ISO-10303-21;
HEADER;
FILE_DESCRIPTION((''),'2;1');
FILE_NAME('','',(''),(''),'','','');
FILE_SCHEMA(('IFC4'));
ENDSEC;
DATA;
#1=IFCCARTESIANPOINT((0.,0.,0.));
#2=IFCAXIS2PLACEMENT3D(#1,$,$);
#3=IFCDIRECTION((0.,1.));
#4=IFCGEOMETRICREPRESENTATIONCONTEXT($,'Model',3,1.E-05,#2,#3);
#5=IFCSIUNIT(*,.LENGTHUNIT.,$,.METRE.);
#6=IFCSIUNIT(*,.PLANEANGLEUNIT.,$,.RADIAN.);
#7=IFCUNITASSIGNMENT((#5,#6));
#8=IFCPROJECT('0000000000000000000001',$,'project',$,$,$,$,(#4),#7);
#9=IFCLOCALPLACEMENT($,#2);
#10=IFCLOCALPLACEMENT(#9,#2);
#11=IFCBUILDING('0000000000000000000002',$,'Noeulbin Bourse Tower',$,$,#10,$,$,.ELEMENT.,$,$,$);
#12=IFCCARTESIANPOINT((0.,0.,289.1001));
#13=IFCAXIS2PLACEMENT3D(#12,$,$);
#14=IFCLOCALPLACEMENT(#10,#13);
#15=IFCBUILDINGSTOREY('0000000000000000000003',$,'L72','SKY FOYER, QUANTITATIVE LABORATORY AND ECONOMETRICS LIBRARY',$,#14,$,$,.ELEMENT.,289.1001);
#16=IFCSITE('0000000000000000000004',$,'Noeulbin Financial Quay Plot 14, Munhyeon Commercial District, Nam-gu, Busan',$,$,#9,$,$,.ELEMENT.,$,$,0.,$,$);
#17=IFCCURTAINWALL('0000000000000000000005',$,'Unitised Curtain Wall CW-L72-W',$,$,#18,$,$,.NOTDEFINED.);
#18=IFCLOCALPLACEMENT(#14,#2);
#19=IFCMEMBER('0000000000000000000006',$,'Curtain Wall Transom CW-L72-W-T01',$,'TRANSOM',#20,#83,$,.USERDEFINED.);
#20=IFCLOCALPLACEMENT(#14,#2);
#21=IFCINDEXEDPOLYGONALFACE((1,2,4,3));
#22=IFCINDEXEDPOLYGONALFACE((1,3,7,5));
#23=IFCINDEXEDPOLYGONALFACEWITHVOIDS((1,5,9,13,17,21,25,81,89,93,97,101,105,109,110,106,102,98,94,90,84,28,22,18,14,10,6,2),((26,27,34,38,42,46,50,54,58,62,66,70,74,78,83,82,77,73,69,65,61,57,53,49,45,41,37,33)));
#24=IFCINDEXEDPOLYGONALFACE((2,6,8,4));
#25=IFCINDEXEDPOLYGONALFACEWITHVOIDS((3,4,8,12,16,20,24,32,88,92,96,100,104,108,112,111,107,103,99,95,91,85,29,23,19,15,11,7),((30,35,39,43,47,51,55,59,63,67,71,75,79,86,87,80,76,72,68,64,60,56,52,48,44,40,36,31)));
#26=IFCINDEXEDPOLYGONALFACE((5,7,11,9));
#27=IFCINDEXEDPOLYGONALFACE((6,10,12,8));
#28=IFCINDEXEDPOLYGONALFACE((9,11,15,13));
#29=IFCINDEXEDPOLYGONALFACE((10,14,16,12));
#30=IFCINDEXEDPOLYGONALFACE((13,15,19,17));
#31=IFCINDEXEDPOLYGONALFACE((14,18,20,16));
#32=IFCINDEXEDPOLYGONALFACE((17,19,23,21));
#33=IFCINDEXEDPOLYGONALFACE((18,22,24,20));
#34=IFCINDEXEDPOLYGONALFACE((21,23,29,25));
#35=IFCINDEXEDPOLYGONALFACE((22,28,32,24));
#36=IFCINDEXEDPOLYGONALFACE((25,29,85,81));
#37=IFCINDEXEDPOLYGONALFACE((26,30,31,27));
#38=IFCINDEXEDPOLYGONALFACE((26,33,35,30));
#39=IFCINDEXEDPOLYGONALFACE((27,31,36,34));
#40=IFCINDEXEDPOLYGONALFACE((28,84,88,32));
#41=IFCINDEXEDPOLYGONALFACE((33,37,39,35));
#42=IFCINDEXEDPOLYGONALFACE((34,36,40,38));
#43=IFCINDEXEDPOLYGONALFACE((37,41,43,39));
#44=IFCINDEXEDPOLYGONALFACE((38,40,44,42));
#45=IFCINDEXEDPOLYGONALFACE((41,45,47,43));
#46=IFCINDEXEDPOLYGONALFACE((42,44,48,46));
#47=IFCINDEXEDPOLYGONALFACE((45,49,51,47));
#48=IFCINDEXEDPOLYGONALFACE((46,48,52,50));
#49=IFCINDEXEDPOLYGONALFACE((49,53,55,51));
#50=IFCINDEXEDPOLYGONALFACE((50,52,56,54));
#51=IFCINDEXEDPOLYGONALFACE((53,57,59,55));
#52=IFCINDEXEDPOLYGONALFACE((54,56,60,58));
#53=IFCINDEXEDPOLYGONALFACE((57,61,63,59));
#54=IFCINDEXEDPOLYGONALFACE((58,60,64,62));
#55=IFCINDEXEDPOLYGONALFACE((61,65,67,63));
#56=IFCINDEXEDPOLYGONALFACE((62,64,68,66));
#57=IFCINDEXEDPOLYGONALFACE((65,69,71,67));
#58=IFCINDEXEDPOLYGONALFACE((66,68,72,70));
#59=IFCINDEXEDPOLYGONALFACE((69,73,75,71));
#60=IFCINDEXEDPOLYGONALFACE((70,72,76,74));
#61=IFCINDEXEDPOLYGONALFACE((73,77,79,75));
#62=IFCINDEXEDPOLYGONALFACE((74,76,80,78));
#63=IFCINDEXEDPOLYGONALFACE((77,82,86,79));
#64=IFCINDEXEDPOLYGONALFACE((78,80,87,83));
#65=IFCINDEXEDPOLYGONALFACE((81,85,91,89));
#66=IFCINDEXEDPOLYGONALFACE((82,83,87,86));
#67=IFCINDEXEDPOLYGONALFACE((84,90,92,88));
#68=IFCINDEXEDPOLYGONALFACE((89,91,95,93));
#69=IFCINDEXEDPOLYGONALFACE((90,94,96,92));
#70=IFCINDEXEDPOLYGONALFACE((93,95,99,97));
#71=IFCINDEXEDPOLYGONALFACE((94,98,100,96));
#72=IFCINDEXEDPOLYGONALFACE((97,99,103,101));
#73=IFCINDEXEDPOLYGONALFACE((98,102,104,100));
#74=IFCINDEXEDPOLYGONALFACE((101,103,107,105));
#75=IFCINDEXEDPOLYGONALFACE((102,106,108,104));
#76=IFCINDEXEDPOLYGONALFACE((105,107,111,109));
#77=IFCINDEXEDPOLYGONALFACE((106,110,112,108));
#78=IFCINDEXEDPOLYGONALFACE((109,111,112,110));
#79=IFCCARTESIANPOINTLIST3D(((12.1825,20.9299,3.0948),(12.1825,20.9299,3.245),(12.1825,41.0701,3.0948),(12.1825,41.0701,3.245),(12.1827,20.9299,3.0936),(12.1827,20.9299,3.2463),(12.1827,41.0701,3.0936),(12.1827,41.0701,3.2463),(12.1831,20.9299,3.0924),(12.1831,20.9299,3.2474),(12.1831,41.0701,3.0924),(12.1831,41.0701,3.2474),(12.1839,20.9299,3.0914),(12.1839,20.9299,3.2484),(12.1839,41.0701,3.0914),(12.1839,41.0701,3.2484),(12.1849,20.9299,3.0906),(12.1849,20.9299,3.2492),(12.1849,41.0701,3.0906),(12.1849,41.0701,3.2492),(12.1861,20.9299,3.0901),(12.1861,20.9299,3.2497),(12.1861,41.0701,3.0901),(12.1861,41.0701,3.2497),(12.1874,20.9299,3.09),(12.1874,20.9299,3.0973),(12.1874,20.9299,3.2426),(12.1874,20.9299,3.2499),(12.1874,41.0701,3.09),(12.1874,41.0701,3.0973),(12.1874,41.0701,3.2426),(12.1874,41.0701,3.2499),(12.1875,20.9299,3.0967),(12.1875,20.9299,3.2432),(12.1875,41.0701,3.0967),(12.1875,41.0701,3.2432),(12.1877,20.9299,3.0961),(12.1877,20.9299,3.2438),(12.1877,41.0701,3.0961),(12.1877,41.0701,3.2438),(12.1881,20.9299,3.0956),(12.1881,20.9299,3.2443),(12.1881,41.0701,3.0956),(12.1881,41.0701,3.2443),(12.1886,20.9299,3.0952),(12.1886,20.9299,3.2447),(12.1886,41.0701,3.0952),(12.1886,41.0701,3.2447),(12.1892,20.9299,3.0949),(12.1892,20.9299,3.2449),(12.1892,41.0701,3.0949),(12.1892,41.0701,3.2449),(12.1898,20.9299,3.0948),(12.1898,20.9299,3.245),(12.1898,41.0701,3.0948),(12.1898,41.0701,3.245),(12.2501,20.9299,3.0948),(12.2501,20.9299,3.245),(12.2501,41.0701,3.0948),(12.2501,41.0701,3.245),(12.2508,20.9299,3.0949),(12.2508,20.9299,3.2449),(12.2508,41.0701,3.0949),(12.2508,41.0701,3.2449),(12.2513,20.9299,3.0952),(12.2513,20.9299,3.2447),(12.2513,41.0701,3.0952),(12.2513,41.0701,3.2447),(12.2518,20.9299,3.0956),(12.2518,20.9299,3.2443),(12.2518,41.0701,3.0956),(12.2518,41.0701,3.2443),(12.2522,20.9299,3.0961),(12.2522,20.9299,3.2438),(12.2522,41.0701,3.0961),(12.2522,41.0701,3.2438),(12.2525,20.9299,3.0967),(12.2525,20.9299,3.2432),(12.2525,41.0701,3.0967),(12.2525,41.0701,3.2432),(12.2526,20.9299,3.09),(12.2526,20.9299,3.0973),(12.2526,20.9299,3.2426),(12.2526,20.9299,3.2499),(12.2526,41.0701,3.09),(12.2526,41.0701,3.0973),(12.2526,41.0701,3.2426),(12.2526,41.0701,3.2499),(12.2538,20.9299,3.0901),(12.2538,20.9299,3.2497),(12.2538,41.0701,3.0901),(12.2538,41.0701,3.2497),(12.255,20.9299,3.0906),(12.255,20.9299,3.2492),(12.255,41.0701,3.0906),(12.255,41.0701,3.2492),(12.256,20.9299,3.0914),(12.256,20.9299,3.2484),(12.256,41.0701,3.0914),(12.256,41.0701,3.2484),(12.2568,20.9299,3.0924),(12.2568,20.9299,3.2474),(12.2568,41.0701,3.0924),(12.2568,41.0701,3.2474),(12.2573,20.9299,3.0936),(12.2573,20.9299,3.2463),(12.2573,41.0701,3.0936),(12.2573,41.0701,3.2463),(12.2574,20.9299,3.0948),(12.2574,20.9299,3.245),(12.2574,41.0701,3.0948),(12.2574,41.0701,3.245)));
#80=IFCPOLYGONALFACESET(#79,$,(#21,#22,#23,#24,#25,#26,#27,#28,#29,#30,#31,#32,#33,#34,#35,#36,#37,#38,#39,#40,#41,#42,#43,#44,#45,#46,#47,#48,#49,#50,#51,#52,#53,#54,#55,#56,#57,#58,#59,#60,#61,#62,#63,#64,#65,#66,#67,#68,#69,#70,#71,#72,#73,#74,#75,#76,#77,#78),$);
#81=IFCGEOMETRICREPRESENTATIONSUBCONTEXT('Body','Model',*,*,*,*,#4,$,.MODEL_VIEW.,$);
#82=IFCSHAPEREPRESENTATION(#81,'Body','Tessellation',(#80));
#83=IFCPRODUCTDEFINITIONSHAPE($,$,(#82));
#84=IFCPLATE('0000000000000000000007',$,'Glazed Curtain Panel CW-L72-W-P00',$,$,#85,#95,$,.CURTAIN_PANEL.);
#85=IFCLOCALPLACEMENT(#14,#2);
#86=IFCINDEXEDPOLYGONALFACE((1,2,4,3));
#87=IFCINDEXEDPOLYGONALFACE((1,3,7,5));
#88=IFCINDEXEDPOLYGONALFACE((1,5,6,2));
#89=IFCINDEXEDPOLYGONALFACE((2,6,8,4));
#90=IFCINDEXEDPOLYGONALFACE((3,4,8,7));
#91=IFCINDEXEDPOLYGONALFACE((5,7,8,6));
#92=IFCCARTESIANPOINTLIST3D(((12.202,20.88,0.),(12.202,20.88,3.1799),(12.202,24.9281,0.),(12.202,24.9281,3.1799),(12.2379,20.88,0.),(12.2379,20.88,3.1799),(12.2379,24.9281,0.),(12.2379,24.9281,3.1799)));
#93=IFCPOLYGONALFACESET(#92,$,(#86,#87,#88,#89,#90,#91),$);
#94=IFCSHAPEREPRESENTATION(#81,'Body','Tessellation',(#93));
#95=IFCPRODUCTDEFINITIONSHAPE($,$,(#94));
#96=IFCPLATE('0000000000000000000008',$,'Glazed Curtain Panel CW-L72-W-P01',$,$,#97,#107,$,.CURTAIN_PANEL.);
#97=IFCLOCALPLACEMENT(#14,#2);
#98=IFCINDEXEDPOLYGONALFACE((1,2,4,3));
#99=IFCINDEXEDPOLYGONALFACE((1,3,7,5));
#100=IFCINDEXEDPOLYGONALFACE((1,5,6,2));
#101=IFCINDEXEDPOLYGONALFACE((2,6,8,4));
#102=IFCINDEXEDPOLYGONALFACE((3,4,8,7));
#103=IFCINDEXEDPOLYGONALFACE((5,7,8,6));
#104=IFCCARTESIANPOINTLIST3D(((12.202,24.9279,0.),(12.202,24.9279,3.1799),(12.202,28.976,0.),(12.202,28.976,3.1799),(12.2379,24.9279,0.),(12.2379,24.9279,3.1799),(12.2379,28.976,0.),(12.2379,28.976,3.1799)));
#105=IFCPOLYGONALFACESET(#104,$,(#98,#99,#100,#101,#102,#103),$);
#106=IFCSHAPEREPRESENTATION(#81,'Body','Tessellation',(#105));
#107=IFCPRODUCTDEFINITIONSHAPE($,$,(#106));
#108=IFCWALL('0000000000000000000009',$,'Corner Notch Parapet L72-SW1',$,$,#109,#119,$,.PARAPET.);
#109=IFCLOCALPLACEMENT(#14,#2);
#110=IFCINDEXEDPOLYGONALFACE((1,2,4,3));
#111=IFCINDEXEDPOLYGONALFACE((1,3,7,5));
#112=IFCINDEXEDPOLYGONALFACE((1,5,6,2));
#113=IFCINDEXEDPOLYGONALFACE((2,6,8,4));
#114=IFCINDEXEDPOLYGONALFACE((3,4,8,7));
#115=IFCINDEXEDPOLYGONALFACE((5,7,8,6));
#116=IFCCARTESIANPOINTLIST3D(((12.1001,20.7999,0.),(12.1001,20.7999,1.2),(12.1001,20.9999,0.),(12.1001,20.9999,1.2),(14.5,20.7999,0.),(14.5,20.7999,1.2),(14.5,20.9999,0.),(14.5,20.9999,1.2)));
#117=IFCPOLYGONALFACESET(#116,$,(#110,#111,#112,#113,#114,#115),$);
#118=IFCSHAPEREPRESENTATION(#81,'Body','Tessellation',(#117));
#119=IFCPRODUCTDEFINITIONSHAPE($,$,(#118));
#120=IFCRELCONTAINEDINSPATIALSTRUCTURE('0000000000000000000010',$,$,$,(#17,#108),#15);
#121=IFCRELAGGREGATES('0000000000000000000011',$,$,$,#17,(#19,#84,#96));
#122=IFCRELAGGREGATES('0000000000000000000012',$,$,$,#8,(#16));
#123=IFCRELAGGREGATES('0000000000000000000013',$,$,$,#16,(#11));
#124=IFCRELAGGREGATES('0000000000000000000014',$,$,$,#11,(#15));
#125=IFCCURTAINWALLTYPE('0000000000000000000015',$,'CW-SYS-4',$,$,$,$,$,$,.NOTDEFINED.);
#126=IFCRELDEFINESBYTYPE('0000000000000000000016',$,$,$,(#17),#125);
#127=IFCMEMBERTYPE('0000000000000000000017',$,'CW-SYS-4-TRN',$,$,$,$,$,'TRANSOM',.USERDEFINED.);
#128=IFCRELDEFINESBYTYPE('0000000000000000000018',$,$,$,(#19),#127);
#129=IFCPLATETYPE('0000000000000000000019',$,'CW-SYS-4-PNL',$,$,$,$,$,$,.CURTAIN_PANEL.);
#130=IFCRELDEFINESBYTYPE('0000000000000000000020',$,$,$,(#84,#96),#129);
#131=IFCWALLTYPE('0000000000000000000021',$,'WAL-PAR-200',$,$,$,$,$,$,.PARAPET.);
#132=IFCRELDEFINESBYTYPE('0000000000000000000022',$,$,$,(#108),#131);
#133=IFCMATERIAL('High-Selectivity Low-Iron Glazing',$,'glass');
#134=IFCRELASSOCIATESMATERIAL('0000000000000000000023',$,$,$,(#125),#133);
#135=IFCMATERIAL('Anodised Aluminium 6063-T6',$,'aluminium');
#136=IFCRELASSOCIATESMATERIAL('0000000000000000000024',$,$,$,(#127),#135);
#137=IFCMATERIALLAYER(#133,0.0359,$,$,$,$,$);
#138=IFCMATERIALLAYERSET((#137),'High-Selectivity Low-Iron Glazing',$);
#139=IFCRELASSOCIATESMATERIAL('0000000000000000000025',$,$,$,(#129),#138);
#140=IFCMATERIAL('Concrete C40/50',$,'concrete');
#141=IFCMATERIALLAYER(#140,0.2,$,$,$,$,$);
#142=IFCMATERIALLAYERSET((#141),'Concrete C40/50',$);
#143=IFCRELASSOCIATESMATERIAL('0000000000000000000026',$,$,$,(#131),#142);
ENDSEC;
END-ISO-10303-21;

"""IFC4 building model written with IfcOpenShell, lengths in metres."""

from ifc_helpers import new_model, si_unit, direction, frame, frame_2d, origin, origin_2d, place, context, subcontext, project, spatial, rectangle, hollow_rectangle, extrude, material, layer, layer_set, material_profile, profile_set, type_object, element, aggregate, save


model = new_model("IFC4")

# Units and contexts
model_context = context("Model", 3, precision=1e-05, world=origin(), true_north=direction((0.0, 1.0)))
body_context = subcontext(model_context, "Body", "Model", "MODEL_VIEW")
ifc_project = project(units=[si_unit("LENGTHUNIT", "METRE"), si_unit("PLANEANGLEUNIT", "RADIAN")], contexts=[model_context])

# Site, building, storey
site_placement = place(None, origin())
site = spatial("IfcSite", under=ifc_project, at=site_placement, Name="Noeulbin Financial Quay Plot 14, Munhyeon Commercial District, Nam-gu, Busan", CompositionType="ELEMENT", RefElevation=0.0)
building_placement = place(site_placement, origin())
building = spatial("IfcBuilding", under=site, at=building_placement, Name="Noeulbin Bourse Tower", CompositionType="ELEMENT")
storey_placement = place(building_placement, frame((0.0, 0.0, 289.1001)))
storey = spatial("IfcBuildingStorey", under=building, at=storey_placement, Name="L72", Description="SKY FOYER, QUANTITATIVE LABORATORY AND ECONOMETRICS LIBRARY", CompositionType="ELEMENT", Elevation=289.1001)

# Curtain wall, member, plates
ifc_material_1 = material(Name="High-Selectivity Low-Iron Glazing", Category="glass")
curtain_wall_type = type_object("IfcCurtainWallType", Name="CW-SYS-4", PredefinedType="NOTDEFINED", material=ifc_material_1)
curtain_wall_placement = place(storey_placement, origin())
curtain_wall = element("IfcCurtainWall", 1, at=curtain_wall_placement, inside=storey, type_object=curtain_wall_type, Name="Unitised Curtain Wall CW-L72-W", PredefinedType="NOTDEFINED")
ifc_material_2 = material(Name="Anodised Aluminium 6063-T6", Category="aluminium")
ifc_material_profile_1 = material_profile(ifc_material_2, hollow_rectangle(XDim=0.075, YDim=0.1599, WallThickness=0.0049, InnerFilletRadius=0.0024, OuterFilletRadius=0.0049, at=origin_2d()), Name="ALU-TRAN-75x160x5", Category="LoadBearing")
ifc_profile_set_1 = profile_set([ifc_material_profile_1], Name="Anodised Aluminium 6063-T6")
member_type_1 = type_object("IfcMemberType", Name="CW-SYS-4-TRN", ElementType="TRANSOM", PredefinedType="USERDEFINED", material=ifc_profile_set_1)
member_1_placement = place(storey_placement, frame((12.22, 20.9299, 3.1699), z_axis=(0.0, 1.0, 0.0), x_axis=(-1.0, 0.0, 0.0)))
member_1 = element("IfcMember", 2, at=member_1_placement, type_object=member_type_1, Name="Curtain Wall Transom CW-L72-W-T01", ObjectType="TRANSOM", PredefinedType="USERDEFINED", context=body_context, shape_type="SweptSolid", body=[
    extrude(hollow_rectangle(XDim=0.075, YDim=0.1599, WallThickness=0.0049, InnerFilletRadius=0.0024, OuterFilletRadius=0.0049, at=origin_2d()), origin(), (0.0, 0.0, 1.0), 20.1401),
])
ifc_layer_1 = layer(ifc_material_1, 0.0359)
ifc_layer_set_1 = layer_set([ifc_layer_1], Name="High-Selectivity Low-Iron Glazing")
plate_type = type_object("IfcPlateType", Name="CW-SYS-4-PNL", PredefinedType="CURTAIN_PANEL", material=ifc_layer_set_1)
plate_1_placement = place(storey_placement, frame((12.22, 22.9041, 0.0), z_axis=(0.0, 0.0, 1.0), x_axis=(0.0, 1.0, 0.0)))
plate_1 = element("IfcPlate", 3, at=plate_1_placement, type_object=plate_type, Name="Glazed Curtain Panel CW-L72-W-P00", PredefinedType="CURTAIN_PANEL", context=body_context, shape_type="SweptSolid", body=[
    extrude(rectangle(XDim=4.0481, YDim=0.0359, at=origin_2d()), origin(), (0.0, 0.0, 1.0), 3.1799),
])
plate_2_placement = place(storey_placement, frame((12.22, 26.9519, 0.0), z_axis=(0.0, 0.0, 1.0), x_axis=(0.0, 1.0, 0.0)))
plate_2 = element("IfcPlate", 4, at=plate_2_placement, type_object=plate_type, Name="Glazed Curtain Panel CW-L72-W-P01", PredefinedType="CURTAIN_PANEL", context=body_context, shape_type="SweptSolid", body=[
    extrude(rectangle(XDim=4.0481, YDim=0.0359, at=origin_2d()), origin(), (0.0, 0.0, 1.0), 3.1799),
])
aggregate(curtain_wall, [member_1, plate_1, plate_2])

# Wall
ifc_material_3 = material(Name="Concrete C40/50", Category="concrete")
ifc_layer_2 = layer(ifc_material_3, 0.2)
ifc_layer_set_2 = layer_set([ifc_layer_2], Name="Concrete C40/50")
wall_type = type_object("IfcWallType", Name="WAL-PAR-200", PredefinedType="PARAPET", material=ifc_layer_set_2)
wall_placement = place(storey_placement, frame((12.1001, 20.8999, 0.0), z_axis=(0.0, 0.0, 1.0), x_axis=(1.0, 0.0, 0.0)))
element("IfcWall", 5, at=wall_placement, inside=storey, type_object=wall_type, Name="Corner Notch Parapet L72-SW1", PredefinedType="PARAPET", context=body_context, shape_type="SweptSolid", body=[
    extrude(rectangle(XDim=2.3999, YDim=0.2, at=frame_2d((1.2, 0.0))), origin(), (0.0, 0.0, 1.0), 1.2),
])

save(model, "model.ifc")
